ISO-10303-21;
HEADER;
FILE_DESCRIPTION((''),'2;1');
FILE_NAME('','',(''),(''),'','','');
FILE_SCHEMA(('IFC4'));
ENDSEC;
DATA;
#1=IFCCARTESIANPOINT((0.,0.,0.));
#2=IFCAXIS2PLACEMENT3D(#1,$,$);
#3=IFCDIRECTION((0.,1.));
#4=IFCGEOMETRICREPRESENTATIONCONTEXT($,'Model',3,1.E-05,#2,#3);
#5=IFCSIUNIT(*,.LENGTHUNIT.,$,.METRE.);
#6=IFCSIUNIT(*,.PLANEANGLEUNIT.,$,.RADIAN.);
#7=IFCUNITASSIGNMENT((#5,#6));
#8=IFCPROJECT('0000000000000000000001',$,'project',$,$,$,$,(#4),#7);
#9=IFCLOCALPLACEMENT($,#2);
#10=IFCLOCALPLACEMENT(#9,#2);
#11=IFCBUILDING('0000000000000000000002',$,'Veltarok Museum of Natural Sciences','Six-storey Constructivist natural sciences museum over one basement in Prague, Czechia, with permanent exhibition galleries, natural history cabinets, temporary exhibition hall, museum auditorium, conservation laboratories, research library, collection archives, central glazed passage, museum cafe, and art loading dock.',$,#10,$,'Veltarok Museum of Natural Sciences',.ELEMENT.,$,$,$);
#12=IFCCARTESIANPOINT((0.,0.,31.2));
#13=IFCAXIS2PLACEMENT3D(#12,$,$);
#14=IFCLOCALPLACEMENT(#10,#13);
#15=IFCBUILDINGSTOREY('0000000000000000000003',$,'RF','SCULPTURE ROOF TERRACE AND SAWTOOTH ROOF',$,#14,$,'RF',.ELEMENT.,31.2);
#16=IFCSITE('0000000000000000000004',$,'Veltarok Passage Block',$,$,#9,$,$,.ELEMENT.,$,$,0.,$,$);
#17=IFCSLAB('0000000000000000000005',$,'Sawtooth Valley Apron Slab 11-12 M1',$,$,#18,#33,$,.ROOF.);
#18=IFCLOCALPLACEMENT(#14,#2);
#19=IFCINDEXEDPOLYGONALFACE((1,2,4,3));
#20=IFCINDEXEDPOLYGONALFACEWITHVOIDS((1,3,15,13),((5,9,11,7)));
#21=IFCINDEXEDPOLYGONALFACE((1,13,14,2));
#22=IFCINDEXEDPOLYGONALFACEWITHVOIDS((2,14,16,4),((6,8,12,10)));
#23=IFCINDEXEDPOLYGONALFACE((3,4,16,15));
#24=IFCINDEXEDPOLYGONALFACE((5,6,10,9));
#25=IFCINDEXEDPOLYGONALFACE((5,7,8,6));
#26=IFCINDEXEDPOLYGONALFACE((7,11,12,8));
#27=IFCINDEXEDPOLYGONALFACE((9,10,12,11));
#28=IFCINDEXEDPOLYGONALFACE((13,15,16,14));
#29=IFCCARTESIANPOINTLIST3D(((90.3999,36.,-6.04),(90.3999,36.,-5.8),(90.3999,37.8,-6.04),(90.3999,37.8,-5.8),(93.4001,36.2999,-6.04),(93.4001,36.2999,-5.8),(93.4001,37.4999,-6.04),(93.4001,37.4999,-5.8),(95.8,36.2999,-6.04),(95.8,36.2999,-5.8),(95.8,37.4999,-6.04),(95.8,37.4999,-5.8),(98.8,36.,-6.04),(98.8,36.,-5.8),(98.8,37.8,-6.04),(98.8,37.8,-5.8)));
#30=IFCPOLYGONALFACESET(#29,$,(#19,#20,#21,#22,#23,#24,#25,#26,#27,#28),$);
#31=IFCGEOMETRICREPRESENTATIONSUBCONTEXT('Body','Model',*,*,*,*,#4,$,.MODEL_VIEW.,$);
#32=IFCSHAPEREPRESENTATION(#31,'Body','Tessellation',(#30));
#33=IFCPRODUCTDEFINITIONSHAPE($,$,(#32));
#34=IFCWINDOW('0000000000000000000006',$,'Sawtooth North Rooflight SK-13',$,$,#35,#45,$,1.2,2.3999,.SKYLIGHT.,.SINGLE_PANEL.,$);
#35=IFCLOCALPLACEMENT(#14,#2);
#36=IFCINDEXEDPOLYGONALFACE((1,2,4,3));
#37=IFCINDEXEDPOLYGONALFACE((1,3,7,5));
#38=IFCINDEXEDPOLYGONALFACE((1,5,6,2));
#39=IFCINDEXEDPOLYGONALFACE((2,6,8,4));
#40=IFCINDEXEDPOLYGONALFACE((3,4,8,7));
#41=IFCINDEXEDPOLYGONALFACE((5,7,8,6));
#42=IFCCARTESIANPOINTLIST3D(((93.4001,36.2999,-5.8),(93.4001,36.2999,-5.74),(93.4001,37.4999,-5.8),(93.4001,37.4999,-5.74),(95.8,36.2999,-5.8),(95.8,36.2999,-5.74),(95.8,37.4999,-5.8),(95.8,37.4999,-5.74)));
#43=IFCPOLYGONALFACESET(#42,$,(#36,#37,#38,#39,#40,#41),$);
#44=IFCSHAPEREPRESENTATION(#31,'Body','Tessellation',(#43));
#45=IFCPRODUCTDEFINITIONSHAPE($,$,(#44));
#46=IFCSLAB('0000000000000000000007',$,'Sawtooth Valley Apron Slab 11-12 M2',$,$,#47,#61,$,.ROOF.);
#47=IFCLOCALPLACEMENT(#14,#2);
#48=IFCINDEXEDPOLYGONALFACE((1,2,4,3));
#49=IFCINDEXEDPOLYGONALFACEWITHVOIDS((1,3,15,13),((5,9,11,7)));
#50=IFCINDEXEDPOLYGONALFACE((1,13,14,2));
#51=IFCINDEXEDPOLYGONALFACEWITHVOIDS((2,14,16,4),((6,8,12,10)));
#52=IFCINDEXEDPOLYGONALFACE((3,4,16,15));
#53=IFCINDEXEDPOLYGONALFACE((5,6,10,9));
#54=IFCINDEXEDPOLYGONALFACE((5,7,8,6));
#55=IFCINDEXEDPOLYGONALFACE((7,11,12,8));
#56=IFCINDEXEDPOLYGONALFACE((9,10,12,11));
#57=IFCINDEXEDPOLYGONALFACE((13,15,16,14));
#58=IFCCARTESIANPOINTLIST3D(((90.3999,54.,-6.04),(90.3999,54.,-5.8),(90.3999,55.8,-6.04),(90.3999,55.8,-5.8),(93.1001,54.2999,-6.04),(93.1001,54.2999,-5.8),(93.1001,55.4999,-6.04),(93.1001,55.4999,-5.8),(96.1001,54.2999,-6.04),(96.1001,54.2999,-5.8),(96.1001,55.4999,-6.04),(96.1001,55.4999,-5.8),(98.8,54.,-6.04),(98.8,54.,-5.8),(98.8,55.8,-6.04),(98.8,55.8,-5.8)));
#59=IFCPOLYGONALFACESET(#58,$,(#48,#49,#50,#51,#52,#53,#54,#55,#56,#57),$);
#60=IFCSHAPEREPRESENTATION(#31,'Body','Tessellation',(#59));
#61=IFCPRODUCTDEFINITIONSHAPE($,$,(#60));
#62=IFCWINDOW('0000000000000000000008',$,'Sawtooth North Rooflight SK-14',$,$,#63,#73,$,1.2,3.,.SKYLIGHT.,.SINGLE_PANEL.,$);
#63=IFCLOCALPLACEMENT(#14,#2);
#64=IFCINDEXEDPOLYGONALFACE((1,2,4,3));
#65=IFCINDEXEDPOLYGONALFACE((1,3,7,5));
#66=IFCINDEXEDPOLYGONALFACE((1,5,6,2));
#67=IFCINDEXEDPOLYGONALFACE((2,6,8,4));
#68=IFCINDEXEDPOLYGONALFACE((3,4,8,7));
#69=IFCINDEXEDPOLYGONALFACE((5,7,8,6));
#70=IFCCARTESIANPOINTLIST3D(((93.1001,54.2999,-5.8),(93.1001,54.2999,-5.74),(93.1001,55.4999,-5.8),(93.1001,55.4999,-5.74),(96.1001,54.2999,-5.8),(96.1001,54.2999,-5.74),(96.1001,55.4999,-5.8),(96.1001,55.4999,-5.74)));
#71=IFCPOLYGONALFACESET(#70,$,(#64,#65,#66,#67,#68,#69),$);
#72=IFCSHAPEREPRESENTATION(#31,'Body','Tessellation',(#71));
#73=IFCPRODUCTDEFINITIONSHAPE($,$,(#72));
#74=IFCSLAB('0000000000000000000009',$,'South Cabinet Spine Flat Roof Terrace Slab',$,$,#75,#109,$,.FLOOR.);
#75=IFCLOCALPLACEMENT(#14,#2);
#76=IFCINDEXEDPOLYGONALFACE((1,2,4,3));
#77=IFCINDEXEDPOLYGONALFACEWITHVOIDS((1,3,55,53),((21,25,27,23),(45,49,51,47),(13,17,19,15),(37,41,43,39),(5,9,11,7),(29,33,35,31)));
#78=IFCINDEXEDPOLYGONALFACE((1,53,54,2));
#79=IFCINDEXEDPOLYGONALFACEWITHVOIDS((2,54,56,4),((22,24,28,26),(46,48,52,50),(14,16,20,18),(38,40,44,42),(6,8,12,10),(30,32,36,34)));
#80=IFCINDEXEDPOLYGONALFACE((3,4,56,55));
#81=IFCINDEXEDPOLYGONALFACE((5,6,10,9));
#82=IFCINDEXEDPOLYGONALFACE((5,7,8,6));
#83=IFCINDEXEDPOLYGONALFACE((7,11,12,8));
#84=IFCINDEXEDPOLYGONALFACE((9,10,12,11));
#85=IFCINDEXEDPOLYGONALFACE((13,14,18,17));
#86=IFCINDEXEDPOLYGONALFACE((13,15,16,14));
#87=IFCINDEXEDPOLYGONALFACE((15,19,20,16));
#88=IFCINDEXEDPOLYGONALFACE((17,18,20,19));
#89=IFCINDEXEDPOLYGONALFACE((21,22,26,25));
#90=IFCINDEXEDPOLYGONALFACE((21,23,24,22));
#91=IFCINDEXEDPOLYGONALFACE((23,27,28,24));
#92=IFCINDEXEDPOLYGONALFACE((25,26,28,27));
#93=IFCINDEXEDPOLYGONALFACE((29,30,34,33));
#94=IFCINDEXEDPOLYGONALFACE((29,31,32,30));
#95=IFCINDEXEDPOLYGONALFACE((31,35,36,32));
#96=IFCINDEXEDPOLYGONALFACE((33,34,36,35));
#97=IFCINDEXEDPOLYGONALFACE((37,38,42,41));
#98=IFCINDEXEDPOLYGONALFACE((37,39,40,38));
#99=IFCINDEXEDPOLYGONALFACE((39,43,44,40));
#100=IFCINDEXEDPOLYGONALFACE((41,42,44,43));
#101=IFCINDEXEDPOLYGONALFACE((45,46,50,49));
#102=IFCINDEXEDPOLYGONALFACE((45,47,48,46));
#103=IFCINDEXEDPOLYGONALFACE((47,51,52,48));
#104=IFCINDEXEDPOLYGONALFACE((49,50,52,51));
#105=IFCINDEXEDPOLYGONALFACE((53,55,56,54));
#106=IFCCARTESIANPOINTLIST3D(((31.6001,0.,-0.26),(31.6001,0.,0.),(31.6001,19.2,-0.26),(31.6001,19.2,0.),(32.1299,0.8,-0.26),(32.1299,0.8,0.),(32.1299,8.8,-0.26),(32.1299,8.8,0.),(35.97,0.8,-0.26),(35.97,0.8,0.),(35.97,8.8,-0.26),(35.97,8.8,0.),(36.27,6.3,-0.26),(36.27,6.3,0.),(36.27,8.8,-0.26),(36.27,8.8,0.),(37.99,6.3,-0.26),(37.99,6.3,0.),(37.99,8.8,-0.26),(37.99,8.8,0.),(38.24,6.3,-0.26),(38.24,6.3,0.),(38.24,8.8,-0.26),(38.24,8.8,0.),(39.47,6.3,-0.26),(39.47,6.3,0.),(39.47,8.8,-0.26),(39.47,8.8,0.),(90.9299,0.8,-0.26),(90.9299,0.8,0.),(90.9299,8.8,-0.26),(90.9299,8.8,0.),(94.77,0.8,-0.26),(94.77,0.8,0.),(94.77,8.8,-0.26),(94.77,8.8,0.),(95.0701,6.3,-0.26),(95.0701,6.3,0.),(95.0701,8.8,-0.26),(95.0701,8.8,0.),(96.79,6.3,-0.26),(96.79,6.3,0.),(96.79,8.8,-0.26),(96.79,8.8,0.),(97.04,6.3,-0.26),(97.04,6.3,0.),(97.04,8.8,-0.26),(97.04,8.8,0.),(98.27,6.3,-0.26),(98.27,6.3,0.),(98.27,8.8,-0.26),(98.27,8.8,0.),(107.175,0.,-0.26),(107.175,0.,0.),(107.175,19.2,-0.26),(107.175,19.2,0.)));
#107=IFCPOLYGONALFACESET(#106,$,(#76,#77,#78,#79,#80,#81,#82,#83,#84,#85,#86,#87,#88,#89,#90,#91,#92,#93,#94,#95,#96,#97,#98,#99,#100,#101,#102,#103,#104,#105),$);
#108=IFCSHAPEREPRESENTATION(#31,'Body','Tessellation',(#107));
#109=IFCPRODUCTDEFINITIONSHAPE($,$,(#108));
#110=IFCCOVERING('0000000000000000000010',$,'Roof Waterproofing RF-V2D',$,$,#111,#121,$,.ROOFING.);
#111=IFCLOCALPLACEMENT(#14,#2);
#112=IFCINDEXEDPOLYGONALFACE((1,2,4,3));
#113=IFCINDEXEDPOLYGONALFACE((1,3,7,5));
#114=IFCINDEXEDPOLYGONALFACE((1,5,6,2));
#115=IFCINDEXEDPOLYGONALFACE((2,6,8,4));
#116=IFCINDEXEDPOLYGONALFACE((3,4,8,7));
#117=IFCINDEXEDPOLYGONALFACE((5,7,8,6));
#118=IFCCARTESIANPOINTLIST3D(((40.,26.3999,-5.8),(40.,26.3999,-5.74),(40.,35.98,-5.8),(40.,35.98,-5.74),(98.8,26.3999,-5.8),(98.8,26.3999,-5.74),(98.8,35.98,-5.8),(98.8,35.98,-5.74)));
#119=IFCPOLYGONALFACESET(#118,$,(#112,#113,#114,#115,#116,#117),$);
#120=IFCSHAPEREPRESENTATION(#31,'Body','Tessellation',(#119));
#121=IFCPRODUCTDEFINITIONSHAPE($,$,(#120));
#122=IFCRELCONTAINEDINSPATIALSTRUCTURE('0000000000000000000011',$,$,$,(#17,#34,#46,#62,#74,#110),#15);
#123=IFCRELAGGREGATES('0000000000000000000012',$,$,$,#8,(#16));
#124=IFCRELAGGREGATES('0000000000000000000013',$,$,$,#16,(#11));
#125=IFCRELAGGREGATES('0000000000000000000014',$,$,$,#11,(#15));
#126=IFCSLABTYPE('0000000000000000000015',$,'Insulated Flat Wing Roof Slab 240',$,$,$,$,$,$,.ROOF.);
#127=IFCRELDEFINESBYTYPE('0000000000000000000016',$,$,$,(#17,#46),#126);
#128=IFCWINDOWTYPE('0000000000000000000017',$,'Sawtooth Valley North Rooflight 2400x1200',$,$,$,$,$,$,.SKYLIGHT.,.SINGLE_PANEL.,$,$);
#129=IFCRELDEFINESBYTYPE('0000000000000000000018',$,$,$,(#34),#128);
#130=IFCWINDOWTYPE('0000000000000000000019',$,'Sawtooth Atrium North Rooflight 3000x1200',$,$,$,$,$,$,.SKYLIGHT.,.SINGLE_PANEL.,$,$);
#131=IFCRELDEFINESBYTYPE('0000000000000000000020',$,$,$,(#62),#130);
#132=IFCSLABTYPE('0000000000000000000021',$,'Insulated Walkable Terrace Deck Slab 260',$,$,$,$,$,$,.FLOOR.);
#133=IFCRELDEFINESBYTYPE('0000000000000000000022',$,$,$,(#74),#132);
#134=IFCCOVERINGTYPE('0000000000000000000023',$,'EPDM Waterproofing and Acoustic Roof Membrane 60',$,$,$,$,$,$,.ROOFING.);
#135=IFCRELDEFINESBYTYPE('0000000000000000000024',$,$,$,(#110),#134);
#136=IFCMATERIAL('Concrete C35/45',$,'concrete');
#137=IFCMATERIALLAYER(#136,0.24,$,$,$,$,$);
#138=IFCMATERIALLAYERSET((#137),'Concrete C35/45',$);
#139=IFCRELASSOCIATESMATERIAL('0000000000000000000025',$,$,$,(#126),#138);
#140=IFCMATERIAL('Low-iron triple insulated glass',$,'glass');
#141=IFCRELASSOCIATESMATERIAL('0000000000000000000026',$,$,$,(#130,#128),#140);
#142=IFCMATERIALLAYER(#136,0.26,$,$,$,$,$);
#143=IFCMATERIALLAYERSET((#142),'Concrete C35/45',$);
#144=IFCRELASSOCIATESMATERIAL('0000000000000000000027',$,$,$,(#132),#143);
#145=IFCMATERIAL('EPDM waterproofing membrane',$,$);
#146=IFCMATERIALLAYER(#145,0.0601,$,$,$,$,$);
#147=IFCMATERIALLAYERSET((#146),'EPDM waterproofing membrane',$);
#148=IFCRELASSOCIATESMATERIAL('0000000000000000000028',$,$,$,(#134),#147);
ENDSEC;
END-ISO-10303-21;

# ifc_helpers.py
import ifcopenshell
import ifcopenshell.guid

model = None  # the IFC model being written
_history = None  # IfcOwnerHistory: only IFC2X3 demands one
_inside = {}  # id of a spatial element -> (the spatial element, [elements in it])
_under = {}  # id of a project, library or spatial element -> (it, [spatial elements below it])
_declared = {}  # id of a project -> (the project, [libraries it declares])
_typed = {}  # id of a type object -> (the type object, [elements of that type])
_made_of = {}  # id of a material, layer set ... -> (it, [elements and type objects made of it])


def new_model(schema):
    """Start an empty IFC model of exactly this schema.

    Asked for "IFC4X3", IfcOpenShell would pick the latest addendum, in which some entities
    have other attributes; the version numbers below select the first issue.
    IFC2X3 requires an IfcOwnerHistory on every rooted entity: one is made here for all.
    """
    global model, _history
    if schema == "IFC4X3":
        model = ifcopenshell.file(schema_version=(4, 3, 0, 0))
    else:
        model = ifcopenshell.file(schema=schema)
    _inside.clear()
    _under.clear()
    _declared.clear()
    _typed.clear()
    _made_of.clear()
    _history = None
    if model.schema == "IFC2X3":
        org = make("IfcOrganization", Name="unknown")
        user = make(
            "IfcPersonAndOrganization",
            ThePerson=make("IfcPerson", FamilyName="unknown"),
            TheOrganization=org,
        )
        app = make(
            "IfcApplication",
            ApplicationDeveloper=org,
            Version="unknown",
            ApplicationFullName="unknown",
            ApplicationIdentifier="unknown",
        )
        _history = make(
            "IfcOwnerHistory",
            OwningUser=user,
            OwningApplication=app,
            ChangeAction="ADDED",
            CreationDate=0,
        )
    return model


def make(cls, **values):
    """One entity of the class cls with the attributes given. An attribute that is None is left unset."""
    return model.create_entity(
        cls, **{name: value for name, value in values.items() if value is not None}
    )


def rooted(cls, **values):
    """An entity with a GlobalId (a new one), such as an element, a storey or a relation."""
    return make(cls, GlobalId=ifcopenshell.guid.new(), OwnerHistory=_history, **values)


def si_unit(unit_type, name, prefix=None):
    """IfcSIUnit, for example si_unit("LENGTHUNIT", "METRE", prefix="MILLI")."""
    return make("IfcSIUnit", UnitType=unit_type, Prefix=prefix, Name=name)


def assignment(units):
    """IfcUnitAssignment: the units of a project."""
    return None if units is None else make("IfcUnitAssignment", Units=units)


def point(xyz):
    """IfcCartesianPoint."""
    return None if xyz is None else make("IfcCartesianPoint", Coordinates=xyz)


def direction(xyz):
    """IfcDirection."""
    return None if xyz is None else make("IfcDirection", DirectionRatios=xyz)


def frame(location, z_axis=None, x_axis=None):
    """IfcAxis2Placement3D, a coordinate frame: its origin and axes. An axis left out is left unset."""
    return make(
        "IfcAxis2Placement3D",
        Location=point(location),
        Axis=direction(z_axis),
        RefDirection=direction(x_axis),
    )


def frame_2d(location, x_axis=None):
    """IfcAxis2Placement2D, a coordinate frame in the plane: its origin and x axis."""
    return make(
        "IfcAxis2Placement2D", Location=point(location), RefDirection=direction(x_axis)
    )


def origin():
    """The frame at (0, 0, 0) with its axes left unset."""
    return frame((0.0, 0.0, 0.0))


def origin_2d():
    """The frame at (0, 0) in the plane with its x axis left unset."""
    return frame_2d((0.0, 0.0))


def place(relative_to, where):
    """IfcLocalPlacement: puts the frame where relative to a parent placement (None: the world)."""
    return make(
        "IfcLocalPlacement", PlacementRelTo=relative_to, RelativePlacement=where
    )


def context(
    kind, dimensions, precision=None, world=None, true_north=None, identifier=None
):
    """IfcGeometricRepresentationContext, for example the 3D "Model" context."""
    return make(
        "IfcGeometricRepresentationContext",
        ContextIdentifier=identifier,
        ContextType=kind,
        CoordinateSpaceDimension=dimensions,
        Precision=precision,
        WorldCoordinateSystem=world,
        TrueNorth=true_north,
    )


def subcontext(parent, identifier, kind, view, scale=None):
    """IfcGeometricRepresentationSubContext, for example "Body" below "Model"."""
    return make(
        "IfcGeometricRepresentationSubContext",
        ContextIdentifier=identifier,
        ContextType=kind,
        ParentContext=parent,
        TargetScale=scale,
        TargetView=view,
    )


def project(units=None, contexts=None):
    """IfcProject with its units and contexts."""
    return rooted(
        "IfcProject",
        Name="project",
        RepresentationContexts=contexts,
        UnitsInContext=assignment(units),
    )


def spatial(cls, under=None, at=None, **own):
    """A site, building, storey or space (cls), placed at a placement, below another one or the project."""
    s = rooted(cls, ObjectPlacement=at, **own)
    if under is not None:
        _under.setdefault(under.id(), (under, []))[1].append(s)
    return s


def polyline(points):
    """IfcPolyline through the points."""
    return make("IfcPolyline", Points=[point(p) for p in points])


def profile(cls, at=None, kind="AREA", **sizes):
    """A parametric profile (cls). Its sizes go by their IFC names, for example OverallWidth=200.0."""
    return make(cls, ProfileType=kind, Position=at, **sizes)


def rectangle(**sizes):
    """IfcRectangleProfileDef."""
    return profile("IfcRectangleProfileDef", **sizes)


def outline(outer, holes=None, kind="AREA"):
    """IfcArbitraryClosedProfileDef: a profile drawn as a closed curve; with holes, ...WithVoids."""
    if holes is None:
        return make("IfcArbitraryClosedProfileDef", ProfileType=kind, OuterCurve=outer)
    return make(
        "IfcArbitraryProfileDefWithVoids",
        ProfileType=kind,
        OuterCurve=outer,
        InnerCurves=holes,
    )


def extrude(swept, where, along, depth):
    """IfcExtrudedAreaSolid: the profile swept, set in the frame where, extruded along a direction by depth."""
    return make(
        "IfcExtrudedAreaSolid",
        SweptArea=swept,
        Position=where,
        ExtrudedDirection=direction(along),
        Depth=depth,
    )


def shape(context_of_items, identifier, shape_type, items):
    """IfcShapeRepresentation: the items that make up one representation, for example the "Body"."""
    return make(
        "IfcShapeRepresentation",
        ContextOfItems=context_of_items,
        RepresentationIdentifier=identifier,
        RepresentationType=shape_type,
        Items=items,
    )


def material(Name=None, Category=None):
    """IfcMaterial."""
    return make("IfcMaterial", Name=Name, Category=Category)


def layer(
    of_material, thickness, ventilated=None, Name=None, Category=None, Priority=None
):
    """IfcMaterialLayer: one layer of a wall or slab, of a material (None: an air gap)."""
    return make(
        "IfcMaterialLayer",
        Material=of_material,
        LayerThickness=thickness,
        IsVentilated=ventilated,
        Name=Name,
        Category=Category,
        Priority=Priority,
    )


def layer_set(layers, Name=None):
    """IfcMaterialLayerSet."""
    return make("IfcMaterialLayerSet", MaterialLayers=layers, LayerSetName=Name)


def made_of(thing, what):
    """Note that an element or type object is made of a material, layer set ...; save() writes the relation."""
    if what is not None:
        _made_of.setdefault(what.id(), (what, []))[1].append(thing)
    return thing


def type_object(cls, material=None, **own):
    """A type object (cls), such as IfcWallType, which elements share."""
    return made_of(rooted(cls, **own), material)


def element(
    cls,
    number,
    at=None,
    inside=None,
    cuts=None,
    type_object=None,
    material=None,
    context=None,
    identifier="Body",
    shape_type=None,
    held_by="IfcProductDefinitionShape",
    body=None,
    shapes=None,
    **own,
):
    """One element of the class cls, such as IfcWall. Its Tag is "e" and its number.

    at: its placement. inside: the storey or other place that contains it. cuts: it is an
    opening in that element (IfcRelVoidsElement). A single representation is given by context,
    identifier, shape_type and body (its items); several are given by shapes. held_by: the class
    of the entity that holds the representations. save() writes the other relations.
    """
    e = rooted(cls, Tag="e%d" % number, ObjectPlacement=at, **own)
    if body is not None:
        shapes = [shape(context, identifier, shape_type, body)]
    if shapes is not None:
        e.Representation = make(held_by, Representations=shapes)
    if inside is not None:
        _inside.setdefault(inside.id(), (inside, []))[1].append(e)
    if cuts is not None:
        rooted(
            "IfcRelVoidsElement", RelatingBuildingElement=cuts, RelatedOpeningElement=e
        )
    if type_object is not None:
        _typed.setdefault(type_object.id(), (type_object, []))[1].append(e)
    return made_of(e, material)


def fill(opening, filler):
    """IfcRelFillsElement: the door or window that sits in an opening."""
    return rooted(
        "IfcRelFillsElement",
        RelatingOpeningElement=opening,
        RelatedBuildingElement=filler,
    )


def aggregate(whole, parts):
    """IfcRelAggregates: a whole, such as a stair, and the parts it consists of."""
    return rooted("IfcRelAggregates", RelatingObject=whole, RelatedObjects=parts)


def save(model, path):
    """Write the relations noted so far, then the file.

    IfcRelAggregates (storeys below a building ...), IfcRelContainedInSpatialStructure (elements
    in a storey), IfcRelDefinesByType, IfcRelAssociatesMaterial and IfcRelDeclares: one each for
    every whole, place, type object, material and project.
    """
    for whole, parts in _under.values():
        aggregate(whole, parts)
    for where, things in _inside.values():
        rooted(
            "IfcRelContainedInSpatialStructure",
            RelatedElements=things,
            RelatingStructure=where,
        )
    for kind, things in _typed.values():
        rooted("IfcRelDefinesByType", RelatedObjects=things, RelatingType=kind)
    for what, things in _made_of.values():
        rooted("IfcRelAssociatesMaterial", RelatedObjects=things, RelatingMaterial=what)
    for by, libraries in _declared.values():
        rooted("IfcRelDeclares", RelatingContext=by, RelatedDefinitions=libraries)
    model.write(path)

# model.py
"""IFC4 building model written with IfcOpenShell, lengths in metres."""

from ifc_helpers import new_model, si_unit, direction, frame, origin, origin_2d, place, context, subcontext, project, spatial, polyline, rectangle, outline, extrude, material, layer, layer_set, type_object, element, fill, save


model = new_model("IFC4")

# Units and contexts
model_context = context("Model", 3, precision=1e-05, world=origin(), true_north=direction((0.0, 1.0)))
body_context = subcontext(model_context, "Body", "Model", "MODEL_VIEW")
ifc_project = project(units=[si_unit("LENGTHUNIT", "METRE"), si_unit("PLANEANGLEUNIT", "RADIAN")], contexts=[model_context])

# Site, building, storey
site_placement = place(None, origin())
site = spatial("IfcSite", under=ifc_project, at=site_placement, Name="Veltarok Passage Block", CompositionType="ELEMENT", RefElevation=0.0)
building_placement = place(site_placement, origin())
building = spatial("IfcBuilding", under=site, at=building_placement, Name="Veltarok Museum of Natural Sciences", Description="Six-storey Constructivist natural sciences museum over one basement in Prague, Czechia, with permanent exhibition galleries, natural history cabinets, temporary exhibition hall, museum auditorium, conservation laboratories, research library, collection archives, central glazed passage, museum cafe, and art loading dock.", LongName="Veltarok Museum of Natural Sciences", CompositionType="ELEMENT")
storey_placement = place(building_placement, frame((0.0, 0.0, 31.2)))
storey = spatial("IfcBuildingStorey", under=building, at=storey_placement, Name="RF", Description="SCULPTURE ROOF TERRACE AND SAWTOOTH ROOF", LongName="RF", CompositionType="ELEMENT", Elevation=31.2)

# Slabs, openings, windows
ifc_material_1 = material(Name="Concrete C35/45", Category="concrete")
ifc_layer_1 = layer(ifc_material_1, 0.24)
ifc_layer_set_1 = layer_set([ifc_layer_1], Name="Concrete C35/45")
slab_type_1 = type_object("IfcSlabType", Name="Insulated Flat Wing Roof Slab 240", PredefinedType="ROOF", material=ifc_layer_set_1)
ifc_material_2 = material(Name="Low-iron triple insulated glass", Category="glass")
window_type_1 = type_object("IfcWindowType", Name="Sawtooth Atrium North Rooflight 3000x1200", PartitioningType="SINGLE_PANEL", PredefinedType="SKYLIGHT", material=ifc_material_2)
slab_1_placement = place(storey_placement, frame((0.0, 0.0, -6.04)))
slab_1 = element("IfcSlab", 1, at=slab_1_placement, inside=storey, type_object=slab_type_1, Name="Sawtooth Valley Apron Slab 11-12 M1", PredefinedType="ROOF", context=body_context, shape_type="SweptSolid", body=[
    extrude(outline(polyline([(90.3999, 36.0), (98.8, 36.0), (98.8, 37.8), (90.3999, 37.8), (90.3999, 36.0)])), origin(), (0.0, 0.0, 1.0), 0.24),
])
opening_1_placement = place(slab_1_placement, frame((94.6001, 36.8999, -0.01)))
opening_1 = element("IfcOpeningElement", 2, at=opening_1_placement, cuts=slab_1, PredefinedType="OPENING", context=body_context, shape_type="SweptSolid", body=[
    extrude(rectangle(XDim=2.3999, YDim=1.2, at=origin_2d()), origin(), (0.0, 0.0, 1.0), 0.3201),
])
window_type_2 = type_object("IfcWindowType", Name="Sawtooth Valley North Rooflight 2400x1200", PartitioningType="SINGLE_PANEL", PredefinedType="SKYLIGHT", material=ifc_material_2)
window_1_placement = place(slab_1_placement, frame((94.6001, 36.8999, 0.24)))
window_1 = element("IfcWindow", 3, at=window_1_placement, inside=storey, type_object=window_type_2, Name="Sawtooth North Rooflight SK-13", OverallHeight=1.2, OverallWidth=2.3999, PartitioningType="SINGLE_PANEL", PredefinedType="SKYLIGHT", context=body_context, shape_type="SweptSolid", body=[
    extrude(rectangle(XDim=2.3999, YDim=1.2, at=origin_2d()), origin(), (0.0, 0.0, 1.0), 0.0601),
])
fill(opening_1, window_1)
slab_2_placement = place(storey_placement, frame((0.0, 0.0, -6.04)))
slab_2 = element("IfcSlab", 4, at=slab_2_placement, inside=storey, type_object=slab_type_1, Name="Sawtooth Valley Apron Slab 11-12 M2", PredefinedType="ROOF", context=body_context, shape_type="SweptSolid", body=[
    extrude(outline(polyline([(90.3999, 54.0), (98.8, 54.0), (98.8, 55.8), (90.3999, 55.8), (90.3999, 54.0)])), origin(), (0.0, 0.0, 1.0), 0.24),
])
opening_2_placement = place(slab_2_placement, frame((94.6001, 54.8999, -0.01)))
opening_2 = element("IfcOpeningElement", 5, at=opening_2_placement, cuts=slab_2, PredefinedType="OPENING", context=body_context, shape_type="SweptSolid", body=[
    extrude(rectangle(XDim=3.0, YDim=1.2, at=origin_2d()), origin(), (0.0, 0.0, 1.0), 0.3201),
])
window_2_placement = place(slab_2_placement, frame((94.6001, 54.8999, 0.24)))
window_2 = element("IfcWindow", 6, at=window_2_placement, inside=storey, type_object=window_type_1, Name="Sawtooth North Rooflight SK-14", OverallHeight=1.2, OverallWidth=3.0, PartitioningType="SINGLE_PANEL", PredefinedType="SKYLIGHT", context=body_context, shape_type="SweptSolid", body=[
    extrude(rectangle(XDim=3.0, YDim=1.2, at=origin_2d()), origin(), (0.0, 0.0, 1.0), 0.0601),
])
fill(opening_2, window_2)

# Slab
ifc_layer_2 = layer(ifc_material_1, 0.26)
ifc_layer_set_2 = layer_set([ifc_layer_2], Name="Concrete C35/45")
slab_type_2 = type_object("IfcSlabType", Name="Insulated Walkable Terrace Deck Slab 260", PredefinedType="FLOOR", material=ifc_layer_set_2)
slab_3_placement = place(storey_placement, frame((0.0, 0.0, -0.26)))
element("IfcSlab", 7, at=slab_3_placement, inside=storey, type_object=slab_type_2, Name="South Cabinet Spine Flat Roof Terrace Slab", PredefinedType="FLOOR", context=body_context, shape_type="SweptSolid", body=[
    extrude(outline(polyline([(31.6001, 0.0), (31.6001, 19.2), (107.175, 19.2), (107.175, 0.0), (31.6001, 0.0)]), holes=[polyline([(32.1299, 0.8), (35.97, 0.8), (35.97, 8.8), (32.1299, 8.8), (32.1299, 0.8)]), polyline([(90.9299, 8.8), (90.9299, 0.8), (94.77, 0.8), (94.77, 8.8), (90.9299, 8.8)]), polyline([(36.27, 8.8), (36.27, 6.3), (37.99, 6.3), (37.99, 8.8), (36.27, 8.8)]), polyline([(38.24, 6.3), (39.47, 6.3), (39.47, 8.8), (38.24, 8.8), (38.24, 6.3)]), polyline([(95.0701, 8.8), (95.0701, 6.3), (96.79, 6.3), (96.79, 8.8), (95.0701, 8.8)]), polyline([(97.04, 8.8), (97.04, 6.3), (98.27, 6.3), (98.27, 8.8), (97.04, 8.8)])]), origin(), (0.0, 0.0, 1.0), 0.26),
])

# Covering
ifc_material_3 = material(Name="EPDM waterproofing membrane")
ifc_layer_3 = layer(ifc_material_3, 0.0601)
ifc_layer_set_3 = layer_set([ifc_layer_3], Name="EPDM waterproofing membrane")
covering_type = type_object("IfcCoveringType", Name="EPDM Waterproofing and Acoustic Roof Membrane 60", PredefinedType="ROOFING", material=ifc_layer_set_3)
covering_placement = place(storey_placement, frame((0.0, 0.0, -5.8)))
element("IfcCovering", 8, at=covering_placement, inside=storey, type_object=covering_type, Name="Roof Waterproofing RF-V2D", PredefinedType="ROOFING", context=body_context, shape_type="SweptSolid", body=[
    extrude(outline(polyline([(40.0, 26.3999), (40.0, 35.98), (98.8, 35.98), (98.8, 26.3999), (40.0, 26.3999)])), origin(), (0.0, 0.0, 1.0), 0.0601),
])

save(model, "model.ifc")
